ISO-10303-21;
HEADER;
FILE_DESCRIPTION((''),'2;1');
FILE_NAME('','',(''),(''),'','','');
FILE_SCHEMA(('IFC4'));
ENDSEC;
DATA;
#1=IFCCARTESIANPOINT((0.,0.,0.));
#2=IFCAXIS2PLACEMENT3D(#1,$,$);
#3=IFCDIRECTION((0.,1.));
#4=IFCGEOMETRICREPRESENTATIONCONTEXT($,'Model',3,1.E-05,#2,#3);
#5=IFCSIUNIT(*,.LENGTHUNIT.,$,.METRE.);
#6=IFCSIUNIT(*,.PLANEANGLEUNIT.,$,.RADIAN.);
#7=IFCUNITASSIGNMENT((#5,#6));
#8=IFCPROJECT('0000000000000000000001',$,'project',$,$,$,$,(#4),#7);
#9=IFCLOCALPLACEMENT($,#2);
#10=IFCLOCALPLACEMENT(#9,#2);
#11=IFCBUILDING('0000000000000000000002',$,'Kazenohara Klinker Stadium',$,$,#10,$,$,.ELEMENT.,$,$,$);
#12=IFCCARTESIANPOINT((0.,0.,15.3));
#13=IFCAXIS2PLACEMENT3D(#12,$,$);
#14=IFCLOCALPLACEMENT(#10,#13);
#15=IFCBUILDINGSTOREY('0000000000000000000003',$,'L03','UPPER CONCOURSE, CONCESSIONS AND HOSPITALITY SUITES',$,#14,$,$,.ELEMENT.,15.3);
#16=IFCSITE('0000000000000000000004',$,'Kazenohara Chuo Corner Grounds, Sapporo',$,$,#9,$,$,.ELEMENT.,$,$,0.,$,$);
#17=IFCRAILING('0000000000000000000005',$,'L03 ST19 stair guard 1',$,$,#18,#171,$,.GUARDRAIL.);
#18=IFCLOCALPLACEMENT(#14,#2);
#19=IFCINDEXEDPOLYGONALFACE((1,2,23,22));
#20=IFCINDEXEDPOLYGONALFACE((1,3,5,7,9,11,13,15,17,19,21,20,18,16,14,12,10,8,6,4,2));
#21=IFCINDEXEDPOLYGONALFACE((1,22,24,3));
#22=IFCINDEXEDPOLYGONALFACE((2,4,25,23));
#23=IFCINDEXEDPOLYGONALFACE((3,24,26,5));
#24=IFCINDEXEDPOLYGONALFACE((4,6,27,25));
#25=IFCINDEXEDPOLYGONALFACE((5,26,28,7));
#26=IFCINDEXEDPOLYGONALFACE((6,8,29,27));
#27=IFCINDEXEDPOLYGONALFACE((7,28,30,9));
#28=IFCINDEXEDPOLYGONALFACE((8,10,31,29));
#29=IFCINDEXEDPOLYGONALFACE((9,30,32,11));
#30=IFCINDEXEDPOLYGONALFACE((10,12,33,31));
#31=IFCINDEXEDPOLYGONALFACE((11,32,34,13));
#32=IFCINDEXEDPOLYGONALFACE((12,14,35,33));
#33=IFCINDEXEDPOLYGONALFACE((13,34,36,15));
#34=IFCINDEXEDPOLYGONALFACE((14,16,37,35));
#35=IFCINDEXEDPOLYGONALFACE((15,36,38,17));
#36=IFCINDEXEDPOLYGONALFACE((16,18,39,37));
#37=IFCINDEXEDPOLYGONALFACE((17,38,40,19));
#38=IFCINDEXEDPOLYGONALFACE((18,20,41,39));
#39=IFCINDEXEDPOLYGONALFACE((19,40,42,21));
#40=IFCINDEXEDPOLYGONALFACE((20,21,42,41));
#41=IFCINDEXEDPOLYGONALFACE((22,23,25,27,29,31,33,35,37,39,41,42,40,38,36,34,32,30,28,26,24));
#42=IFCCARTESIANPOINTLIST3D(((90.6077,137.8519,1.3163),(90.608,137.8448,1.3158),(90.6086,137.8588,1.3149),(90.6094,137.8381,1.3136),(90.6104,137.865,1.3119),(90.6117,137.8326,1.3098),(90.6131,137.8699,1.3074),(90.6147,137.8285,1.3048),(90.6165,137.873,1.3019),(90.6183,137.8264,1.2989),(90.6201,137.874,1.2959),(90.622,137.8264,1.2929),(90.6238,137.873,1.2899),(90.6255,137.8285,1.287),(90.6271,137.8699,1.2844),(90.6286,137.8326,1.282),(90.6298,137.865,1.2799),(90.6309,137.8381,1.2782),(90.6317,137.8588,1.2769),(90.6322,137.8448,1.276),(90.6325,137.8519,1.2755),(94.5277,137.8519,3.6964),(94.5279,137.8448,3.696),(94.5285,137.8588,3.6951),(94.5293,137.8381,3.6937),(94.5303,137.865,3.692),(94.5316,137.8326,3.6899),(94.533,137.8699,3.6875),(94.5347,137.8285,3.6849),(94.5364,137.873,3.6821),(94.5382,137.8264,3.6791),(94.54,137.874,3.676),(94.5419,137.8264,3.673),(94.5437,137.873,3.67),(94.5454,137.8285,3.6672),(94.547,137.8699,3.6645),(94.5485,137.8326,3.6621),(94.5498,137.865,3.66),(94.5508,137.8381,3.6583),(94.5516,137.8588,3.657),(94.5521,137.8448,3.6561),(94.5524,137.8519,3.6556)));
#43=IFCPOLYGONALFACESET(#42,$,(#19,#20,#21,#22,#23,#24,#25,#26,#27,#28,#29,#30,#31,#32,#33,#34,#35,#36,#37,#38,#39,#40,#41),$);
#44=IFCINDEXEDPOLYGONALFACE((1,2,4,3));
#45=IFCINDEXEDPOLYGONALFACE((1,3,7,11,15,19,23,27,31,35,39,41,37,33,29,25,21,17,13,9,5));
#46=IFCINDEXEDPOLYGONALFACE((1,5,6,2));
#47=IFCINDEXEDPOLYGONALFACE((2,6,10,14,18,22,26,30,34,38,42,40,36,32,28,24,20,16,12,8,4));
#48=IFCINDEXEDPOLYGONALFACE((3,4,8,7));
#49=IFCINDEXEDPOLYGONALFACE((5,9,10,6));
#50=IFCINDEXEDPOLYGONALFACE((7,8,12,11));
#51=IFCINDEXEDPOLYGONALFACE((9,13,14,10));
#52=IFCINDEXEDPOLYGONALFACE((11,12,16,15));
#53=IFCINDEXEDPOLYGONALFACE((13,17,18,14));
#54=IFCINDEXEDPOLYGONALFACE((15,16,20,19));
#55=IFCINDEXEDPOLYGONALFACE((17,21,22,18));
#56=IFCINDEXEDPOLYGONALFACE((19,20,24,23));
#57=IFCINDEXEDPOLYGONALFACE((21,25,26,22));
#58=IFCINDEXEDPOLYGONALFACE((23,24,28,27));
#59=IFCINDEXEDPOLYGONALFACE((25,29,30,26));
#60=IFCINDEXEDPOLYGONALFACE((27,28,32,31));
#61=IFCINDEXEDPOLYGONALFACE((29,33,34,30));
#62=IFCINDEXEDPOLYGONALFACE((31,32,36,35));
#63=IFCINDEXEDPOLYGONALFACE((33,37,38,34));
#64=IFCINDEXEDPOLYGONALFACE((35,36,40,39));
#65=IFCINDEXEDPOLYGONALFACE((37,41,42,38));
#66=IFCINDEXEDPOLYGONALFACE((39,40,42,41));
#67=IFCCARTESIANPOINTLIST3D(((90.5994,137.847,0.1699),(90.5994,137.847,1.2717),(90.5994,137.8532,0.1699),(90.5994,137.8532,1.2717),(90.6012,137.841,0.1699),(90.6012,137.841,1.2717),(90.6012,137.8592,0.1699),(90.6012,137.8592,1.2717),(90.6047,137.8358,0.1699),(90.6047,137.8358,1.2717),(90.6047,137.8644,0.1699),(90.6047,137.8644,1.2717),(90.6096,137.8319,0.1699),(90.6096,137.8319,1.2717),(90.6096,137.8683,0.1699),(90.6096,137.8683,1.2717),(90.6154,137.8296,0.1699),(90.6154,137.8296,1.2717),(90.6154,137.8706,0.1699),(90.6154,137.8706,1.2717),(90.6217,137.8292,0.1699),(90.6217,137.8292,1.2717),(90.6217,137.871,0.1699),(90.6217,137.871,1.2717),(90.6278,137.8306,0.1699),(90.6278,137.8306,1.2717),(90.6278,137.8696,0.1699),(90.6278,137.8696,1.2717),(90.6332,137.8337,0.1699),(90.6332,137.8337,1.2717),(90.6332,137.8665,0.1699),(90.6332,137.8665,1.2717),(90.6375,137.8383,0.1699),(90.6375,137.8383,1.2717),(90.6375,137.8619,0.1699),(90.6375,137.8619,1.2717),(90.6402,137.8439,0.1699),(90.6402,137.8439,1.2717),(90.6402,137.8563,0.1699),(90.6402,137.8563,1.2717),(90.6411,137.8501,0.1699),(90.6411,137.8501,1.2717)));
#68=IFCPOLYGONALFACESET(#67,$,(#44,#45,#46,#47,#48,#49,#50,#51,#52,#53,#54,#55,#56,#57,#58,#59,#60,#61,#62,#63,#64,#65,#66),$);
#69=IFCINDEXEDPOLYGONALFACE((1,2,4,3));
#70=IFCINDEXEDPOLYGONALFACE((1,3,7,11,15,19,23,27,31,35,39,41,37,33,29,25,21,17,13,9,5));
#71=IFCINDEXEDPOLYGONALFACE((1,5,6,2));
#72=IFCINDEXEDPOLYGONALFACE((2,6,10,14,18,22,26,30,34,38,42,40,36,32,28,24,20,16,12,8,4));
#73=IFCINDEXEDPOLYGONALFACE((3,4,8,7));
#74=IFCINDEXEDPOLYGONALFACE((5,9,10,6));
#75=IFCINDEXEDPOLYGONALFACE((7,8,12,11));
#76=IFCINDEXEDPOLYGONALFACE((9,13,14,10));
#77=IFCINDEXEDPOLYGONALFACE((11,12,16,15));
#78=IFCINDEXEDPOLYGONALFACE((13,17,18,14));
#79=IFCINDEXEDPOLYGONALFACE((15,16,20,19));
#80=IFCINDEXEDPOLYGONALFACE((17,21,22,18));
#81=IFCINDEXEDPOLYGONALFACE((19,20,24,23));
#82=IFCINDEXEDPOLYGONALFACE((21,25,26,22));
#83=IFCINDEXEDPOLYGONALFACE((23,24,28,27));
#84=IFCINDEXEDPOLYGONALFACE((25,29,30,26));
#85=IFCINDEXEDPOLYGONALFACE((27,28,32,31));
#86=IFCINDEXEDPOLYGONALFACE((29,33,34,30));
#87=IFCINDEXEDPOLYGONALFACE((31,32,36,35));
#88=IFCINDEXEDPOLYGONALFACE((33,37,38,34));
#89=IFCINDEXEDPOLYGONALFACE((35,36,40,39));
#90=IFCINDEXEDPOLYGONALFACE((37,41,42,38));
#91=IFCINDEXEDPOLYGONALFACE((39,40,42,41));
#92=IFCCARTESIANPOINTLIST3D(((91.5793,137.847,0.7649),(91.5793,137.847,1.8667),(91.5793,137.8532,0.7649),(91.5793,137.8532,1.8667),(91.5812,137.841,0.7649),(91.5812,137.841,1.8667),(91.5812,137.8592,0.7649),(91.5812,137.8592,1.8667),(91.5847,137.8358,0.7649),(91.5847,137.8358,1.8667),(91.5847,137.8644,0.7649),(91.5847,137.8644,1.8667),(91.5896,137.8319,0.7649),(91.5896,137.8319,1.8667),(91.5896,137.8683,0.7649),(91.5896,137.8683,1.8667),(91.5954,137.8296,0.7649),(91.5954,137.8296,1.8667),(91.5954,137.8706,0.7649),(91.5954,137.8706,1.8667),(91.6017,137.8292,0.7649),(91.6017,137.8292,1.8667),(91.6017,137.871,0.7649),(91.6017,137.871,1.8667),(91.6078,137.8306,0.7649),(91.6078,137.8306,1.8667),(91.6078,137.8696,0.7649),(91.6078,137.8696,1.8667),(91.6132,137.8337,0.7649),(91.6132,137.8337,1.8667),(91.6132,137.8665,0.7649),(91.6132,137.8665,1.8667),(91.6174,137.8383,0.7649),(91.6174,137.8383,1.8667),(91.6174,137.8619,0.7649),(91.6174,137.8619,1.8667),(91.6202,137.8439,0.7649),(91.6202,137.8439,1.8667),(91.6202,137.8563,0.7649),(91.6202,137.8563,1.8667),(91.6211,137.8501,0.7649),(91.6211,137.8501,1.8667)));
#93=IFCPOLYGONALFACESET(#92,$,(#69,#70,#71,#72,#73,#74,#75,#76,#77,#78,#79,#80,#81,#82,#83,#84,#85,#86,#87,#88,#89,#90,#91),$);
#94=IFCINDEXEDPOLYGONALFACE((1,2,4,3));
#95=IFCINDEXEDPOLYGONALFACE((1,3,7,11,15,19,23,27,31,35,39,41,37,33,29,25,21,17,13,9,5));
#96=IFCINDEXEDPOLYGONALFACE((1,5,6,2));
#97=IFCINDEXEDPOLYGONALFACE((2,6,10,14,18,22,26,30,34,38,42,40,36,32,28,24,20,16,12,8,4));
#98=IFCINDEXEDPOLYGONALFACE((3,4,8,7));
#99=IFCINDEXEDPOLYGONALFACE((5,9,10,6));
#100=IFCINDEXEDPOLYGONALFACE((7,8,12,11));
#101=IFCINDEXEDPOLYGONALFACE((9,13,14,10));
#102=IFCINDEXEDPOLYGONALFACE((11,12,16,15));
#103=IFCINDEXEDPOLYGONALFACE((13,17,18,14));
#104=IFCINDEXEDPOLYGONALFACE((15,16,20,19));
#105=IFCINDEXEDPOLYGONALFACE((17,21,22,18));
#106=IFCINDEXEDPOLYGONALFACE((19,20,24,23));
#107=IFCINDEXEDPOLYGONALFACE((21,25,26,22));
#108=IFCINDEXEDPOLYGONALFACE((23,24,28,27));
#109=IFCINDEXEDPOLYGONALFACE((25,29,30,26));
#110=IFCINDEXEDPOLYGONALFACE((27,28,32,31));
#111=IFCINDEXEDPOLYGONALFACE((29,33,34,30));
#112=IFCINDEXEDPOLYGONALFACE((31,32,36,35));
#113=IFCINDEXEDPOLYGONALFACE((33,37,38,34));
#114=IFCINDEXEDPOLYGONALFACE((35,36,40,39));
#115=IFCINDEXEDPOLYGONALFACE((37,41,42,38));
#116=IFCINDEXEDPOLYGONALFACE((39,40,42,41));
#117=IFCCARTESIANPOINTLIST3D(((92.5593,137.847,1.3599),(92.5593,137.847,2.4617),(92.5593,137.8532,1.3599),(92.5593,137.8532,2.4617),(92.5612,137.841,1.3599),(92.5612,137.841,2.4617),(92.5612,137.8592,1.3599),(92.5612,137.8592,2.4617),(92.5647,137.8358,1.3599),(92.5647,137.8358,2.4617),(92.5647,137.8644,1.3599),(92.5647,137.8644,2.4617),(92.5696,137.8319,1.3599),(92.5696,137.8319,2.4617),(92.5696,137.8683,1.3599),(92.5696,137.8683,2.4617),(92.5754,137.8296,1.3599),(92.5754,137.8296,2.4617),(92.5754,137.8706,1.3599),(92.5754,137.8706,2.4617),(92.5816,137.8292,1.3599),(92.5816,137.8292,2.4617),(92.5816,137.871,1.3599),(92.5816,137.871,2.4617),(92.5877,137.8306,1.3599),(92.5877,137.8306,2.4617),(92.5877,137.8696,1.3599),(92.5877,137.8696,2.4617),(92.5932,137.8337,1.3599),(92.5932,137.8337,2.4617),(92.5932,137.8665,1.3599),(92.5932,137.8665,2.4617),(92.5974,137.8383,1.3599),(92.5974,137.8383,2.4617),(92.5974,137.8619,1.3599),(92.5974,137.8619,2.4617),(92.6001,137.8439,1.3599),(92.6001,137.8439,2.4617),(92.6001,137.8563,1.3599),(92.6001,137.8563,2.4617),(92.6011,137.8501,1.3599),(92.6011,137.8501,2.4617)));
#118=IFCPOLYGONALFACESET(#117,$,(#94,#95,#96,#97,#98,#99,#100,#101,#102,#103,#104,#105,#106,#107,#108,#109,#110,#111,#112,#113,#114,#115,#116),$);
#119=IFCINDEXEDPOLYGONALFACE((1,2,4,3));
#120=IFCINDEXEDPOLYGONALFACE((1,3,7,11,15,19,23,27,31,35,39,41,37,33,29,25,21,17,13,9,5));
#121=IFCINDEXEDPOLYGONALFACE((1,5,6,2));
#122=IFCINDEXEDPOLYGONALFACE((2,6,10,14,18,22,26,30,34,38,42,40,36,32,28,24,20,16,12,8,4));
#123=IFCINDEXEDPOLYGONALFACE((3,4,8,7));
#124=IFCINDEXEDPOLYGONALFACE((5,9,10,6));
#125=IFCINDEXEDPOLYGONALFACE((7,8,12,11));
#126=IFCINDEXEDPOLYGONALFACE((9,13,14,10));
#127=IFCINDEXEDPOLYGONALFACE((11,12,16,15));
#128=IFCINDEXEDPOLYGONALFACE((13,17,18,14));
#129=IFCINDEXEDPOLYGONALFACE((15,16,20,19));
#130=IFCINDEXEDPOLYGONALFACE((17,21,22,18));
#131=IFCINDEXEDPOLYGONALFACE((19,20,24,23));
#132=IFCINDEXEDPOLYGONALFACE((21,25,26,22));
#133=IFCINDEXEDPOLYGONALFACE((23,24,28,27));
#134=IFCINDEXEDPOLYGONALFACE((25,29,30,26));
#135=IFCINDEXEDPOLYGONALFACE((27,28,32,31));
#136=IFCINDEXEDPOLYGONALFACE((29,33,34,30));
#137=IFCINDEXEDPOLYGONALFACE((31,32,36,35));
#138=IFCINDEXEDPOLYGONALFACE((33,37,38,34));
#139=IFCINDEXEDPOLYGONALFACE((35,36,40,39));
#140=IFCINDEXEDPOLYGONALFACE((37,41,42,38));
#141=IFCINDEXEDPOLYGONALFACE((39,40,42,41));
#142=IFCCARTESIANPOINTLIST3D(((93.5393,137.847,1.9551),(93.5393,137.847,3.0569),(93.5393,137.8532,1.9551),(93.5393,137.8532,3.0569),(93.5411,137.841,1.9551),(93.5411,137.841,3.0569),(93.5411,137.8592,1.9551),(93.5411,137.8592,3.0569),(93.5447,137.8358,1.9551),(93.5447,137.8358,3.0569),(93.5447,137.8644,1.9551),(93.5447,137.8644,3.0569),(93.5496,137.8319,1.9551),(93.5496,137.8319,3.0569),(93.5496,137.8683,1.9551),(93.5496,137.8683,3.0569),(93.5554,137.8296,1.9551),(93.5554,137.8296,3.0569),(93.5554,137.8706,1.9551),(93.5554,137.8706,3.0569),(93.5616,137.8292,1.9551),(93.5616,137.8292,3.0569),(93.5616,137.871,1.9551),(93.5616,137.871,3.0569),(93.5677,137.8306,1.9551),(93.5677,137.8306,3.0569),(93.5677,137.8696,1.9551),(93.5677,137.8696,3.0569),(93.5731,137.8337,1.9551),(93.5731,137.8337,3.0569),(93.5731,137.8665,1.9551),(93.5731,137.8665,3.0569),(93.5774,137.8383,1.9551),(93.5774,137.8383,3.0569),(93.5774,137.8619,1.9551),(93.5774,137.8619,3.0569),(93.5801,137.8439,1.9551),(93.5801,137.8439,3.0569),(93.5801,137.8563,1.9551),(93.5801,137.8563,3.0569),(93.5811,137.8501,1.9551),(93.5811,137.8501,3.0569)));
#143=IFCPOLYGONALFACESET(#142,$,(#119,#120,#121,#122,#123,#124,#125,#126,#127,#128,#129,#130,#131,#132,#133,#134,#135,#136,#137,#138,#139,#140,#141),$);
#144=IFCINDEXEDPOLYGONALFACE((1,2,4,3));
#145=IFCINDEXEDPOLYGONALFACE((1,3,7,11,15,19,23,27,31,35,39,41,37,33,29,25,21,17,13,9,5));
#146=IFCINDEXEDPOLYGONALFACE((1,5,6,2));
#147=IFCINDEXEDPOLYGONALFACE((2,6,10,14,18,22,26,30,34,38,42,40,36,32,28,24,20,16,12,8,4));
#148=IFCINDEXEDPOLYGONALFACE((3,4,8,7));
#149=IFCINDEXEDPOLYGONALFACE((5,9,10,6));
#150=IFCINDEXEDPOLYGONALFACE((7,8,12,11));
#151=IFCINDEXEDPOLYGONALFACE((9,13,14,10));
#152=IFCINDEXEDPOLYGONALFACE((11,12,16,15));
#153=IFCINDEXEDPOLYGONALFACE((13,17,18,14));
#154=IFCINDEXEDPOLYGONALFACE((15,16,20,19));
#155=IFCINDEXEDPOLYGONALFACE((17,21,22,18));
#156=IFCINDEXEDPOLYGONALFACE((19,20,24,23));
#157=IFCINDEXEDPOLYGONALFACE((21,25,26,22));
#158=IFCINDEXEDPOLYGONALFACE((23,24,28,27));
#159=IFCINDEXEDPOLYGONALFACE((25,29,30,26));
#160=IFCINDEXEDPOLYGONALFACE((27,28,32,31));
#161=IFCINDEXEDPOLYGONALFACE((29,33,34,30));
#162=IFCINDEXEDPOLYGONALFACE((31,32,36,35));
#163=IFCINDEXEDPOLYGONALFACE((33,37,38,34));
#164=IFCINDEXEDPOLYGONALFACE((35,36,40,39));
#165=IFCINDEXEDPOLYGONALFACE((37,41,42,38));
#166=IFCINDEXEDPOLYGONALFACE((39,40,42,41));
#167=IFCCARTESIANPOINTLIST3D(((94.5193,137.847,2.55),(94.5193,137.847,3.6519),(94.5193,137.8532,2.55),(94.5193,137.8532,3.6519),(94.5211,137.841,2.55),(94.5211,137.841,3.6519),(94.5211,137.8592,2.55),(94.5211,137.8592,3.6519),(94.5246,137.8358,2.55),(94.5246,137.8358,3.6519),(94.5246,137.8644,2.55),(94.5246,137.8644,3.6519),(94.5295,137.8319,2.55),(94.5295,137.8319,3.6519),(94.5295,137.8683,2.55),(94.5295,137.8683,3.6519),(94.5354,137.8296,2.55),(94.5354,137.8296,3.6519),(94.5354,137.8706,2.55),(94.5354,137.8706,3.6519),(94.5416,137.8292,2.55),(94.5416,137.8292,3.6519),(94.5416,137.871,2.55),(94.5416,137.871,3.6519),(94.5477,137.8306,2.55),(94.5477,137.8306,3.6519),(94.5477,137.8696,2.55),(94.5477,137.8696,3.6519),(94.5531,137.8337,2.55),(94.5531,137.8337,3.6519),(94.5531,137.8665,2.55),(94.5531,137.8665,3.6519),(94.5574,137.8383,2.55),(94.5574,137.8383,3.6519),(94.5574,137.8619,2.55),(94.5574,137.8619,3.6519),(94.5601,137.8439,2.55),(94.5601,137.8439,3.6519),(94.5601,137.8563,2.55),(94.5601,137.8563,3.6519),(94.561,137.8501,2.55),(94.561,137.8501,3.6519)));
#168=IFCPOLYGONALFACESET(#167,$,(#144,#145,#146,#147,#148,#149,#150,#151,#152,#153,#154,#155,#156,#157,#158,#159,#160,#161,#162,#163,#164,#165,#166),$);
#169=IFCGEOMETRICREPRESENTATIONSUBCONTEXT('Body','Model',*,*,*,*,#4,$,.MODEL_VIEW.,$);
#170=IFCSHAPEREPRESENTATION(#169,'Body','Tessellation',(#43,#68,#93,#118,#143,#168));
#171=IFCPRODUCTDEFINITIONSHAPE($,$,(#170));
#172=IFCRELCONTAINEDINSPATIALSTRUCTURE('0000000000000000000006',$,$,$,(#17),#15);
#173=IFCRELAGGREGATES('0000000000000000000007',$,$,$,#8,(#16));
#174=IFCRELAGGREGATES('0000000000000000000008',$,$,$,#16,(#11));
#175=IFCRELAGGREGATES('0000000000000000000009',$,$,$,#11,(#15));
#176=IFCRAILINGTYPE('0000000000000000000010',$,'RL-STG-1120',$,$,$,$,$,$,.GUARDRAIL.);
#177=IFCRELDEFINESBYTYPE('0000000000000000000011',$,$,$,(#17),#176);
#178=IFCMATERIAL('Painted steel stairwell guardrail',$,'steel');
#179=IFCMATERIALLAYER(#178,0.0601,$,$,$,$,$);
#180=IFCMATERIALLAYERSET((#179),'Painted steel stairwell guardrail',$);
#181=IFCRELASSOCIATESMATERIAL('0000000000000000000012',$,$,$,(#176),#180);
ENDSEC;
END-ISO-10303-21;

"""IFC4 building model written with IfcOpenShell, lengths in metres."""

from ifc_helpers import new_model, si_unit, direction, frame, origin, origin_2d, place, context, subcontext, project, spatial, circle, extrude, material, layer, layer_set, type_object, element, save


model = new_model("IFC4")

# Units and contexts
model_context = context("Model", 3, precision=1e-05, world=origin(), true_north=direction((0.0, 1.0)))
body_context = subcontext(model_context, "Body", "Model", "MODEL_VIEW")
ifc_project = project(units=[si_unit("LENGTHUNIT", "METRE"), si_unit("PLANEANGLEUNIT", "RADIAN")], contexts=[model_context])

# Site, building, storey
site_placement = place(None, origin())
site = spatial("IfcSite", under=ifc_project, at=site_placement, Name="Kazenohara Chuo Corner Grounds, Sapporo", CompositionType="ELEMENT", RefElevation=0.0)
building_placement = place(site_placement, origin())
building = spatial("IfcBuilding", under=site, at=building_placement, Name="Kazenohara Klinker Stadium", CompositionType="ELEMENT")
storey_placement = place(building_placement, frame((0.0, 0.0, 15.3)))
storey = spatial("IfcBuildingStorey", under=building, at=storey_placement, Name="L03", Description="UPPER CONCOURSE, CONCESSIONS AND HOSPITALITY SUITES", CompositionType="ELEMENT", Elevation=15.3)

# Railing
ifc_material_1 = material(Name="Painted steel stairwell guardrail", Category="steel")
ifc_layer_1 = layer(ifc_material_1, 0.0601)
ifc_layer_set_1 = layer_set([ifc_layer_1], Name="Painted steel stairwell guardrail")
railing_type_1 = type_object("IfcRailingType", Name="RL-STG-1120", PredefinedType="GUARDRAIL", material=ifc_layer_set_1)
railing_1_placement = place(storey_placement, frame((90.6201, 137.8501, 0.1699)))
element("IfcRailing", 1, at=railing_1_placement, inside=storey, type_object=railing_type_1, Name="L03 ST19 stair guard 1", PredefinedType="GUARDRAIL", context=body_context, shape_type="SweptSolid", body=[
    extrude(circle(Radius=0.0239, at=origin_2d()), frame((0.0, 0.0, 1.126), z_axis=(0.854771, 0.0, 0.519006), x_axis=(0.0, 1.0, 0.0)), (0.0, 0.0, 1.0), 4.5859),
    extrude(circle(Radius=0.021, at=origin_2d()), origin(), (0.0, 0.0, 1.0), 1.1018),
    extrude(circle(Radius=0.021, at=origin_2d()), frame((0.98, 0.0, 0.595)), (0.0, 0.0, 1.0), 1.1018),
    extrude(circle(Radius=0.021, at=origin_2d()), frame((1.96, 0.0, 1.1899)), (0.0, 0.0, 1.0), 1.1018),
    extrude(circle(Radius=0.021, at=origin_2d()), frame((2.9399, 0.0, 1.7852)), (0.0, 0.0, 1.0), 1.1018),
    extrude(circle(Radius=0.021, at=origin_2d()), frame((3.9199, 0.0, 2.3801)), (0.0, 0.0, 1.0), 1.1018),
])

save(model, "model.ifc")
